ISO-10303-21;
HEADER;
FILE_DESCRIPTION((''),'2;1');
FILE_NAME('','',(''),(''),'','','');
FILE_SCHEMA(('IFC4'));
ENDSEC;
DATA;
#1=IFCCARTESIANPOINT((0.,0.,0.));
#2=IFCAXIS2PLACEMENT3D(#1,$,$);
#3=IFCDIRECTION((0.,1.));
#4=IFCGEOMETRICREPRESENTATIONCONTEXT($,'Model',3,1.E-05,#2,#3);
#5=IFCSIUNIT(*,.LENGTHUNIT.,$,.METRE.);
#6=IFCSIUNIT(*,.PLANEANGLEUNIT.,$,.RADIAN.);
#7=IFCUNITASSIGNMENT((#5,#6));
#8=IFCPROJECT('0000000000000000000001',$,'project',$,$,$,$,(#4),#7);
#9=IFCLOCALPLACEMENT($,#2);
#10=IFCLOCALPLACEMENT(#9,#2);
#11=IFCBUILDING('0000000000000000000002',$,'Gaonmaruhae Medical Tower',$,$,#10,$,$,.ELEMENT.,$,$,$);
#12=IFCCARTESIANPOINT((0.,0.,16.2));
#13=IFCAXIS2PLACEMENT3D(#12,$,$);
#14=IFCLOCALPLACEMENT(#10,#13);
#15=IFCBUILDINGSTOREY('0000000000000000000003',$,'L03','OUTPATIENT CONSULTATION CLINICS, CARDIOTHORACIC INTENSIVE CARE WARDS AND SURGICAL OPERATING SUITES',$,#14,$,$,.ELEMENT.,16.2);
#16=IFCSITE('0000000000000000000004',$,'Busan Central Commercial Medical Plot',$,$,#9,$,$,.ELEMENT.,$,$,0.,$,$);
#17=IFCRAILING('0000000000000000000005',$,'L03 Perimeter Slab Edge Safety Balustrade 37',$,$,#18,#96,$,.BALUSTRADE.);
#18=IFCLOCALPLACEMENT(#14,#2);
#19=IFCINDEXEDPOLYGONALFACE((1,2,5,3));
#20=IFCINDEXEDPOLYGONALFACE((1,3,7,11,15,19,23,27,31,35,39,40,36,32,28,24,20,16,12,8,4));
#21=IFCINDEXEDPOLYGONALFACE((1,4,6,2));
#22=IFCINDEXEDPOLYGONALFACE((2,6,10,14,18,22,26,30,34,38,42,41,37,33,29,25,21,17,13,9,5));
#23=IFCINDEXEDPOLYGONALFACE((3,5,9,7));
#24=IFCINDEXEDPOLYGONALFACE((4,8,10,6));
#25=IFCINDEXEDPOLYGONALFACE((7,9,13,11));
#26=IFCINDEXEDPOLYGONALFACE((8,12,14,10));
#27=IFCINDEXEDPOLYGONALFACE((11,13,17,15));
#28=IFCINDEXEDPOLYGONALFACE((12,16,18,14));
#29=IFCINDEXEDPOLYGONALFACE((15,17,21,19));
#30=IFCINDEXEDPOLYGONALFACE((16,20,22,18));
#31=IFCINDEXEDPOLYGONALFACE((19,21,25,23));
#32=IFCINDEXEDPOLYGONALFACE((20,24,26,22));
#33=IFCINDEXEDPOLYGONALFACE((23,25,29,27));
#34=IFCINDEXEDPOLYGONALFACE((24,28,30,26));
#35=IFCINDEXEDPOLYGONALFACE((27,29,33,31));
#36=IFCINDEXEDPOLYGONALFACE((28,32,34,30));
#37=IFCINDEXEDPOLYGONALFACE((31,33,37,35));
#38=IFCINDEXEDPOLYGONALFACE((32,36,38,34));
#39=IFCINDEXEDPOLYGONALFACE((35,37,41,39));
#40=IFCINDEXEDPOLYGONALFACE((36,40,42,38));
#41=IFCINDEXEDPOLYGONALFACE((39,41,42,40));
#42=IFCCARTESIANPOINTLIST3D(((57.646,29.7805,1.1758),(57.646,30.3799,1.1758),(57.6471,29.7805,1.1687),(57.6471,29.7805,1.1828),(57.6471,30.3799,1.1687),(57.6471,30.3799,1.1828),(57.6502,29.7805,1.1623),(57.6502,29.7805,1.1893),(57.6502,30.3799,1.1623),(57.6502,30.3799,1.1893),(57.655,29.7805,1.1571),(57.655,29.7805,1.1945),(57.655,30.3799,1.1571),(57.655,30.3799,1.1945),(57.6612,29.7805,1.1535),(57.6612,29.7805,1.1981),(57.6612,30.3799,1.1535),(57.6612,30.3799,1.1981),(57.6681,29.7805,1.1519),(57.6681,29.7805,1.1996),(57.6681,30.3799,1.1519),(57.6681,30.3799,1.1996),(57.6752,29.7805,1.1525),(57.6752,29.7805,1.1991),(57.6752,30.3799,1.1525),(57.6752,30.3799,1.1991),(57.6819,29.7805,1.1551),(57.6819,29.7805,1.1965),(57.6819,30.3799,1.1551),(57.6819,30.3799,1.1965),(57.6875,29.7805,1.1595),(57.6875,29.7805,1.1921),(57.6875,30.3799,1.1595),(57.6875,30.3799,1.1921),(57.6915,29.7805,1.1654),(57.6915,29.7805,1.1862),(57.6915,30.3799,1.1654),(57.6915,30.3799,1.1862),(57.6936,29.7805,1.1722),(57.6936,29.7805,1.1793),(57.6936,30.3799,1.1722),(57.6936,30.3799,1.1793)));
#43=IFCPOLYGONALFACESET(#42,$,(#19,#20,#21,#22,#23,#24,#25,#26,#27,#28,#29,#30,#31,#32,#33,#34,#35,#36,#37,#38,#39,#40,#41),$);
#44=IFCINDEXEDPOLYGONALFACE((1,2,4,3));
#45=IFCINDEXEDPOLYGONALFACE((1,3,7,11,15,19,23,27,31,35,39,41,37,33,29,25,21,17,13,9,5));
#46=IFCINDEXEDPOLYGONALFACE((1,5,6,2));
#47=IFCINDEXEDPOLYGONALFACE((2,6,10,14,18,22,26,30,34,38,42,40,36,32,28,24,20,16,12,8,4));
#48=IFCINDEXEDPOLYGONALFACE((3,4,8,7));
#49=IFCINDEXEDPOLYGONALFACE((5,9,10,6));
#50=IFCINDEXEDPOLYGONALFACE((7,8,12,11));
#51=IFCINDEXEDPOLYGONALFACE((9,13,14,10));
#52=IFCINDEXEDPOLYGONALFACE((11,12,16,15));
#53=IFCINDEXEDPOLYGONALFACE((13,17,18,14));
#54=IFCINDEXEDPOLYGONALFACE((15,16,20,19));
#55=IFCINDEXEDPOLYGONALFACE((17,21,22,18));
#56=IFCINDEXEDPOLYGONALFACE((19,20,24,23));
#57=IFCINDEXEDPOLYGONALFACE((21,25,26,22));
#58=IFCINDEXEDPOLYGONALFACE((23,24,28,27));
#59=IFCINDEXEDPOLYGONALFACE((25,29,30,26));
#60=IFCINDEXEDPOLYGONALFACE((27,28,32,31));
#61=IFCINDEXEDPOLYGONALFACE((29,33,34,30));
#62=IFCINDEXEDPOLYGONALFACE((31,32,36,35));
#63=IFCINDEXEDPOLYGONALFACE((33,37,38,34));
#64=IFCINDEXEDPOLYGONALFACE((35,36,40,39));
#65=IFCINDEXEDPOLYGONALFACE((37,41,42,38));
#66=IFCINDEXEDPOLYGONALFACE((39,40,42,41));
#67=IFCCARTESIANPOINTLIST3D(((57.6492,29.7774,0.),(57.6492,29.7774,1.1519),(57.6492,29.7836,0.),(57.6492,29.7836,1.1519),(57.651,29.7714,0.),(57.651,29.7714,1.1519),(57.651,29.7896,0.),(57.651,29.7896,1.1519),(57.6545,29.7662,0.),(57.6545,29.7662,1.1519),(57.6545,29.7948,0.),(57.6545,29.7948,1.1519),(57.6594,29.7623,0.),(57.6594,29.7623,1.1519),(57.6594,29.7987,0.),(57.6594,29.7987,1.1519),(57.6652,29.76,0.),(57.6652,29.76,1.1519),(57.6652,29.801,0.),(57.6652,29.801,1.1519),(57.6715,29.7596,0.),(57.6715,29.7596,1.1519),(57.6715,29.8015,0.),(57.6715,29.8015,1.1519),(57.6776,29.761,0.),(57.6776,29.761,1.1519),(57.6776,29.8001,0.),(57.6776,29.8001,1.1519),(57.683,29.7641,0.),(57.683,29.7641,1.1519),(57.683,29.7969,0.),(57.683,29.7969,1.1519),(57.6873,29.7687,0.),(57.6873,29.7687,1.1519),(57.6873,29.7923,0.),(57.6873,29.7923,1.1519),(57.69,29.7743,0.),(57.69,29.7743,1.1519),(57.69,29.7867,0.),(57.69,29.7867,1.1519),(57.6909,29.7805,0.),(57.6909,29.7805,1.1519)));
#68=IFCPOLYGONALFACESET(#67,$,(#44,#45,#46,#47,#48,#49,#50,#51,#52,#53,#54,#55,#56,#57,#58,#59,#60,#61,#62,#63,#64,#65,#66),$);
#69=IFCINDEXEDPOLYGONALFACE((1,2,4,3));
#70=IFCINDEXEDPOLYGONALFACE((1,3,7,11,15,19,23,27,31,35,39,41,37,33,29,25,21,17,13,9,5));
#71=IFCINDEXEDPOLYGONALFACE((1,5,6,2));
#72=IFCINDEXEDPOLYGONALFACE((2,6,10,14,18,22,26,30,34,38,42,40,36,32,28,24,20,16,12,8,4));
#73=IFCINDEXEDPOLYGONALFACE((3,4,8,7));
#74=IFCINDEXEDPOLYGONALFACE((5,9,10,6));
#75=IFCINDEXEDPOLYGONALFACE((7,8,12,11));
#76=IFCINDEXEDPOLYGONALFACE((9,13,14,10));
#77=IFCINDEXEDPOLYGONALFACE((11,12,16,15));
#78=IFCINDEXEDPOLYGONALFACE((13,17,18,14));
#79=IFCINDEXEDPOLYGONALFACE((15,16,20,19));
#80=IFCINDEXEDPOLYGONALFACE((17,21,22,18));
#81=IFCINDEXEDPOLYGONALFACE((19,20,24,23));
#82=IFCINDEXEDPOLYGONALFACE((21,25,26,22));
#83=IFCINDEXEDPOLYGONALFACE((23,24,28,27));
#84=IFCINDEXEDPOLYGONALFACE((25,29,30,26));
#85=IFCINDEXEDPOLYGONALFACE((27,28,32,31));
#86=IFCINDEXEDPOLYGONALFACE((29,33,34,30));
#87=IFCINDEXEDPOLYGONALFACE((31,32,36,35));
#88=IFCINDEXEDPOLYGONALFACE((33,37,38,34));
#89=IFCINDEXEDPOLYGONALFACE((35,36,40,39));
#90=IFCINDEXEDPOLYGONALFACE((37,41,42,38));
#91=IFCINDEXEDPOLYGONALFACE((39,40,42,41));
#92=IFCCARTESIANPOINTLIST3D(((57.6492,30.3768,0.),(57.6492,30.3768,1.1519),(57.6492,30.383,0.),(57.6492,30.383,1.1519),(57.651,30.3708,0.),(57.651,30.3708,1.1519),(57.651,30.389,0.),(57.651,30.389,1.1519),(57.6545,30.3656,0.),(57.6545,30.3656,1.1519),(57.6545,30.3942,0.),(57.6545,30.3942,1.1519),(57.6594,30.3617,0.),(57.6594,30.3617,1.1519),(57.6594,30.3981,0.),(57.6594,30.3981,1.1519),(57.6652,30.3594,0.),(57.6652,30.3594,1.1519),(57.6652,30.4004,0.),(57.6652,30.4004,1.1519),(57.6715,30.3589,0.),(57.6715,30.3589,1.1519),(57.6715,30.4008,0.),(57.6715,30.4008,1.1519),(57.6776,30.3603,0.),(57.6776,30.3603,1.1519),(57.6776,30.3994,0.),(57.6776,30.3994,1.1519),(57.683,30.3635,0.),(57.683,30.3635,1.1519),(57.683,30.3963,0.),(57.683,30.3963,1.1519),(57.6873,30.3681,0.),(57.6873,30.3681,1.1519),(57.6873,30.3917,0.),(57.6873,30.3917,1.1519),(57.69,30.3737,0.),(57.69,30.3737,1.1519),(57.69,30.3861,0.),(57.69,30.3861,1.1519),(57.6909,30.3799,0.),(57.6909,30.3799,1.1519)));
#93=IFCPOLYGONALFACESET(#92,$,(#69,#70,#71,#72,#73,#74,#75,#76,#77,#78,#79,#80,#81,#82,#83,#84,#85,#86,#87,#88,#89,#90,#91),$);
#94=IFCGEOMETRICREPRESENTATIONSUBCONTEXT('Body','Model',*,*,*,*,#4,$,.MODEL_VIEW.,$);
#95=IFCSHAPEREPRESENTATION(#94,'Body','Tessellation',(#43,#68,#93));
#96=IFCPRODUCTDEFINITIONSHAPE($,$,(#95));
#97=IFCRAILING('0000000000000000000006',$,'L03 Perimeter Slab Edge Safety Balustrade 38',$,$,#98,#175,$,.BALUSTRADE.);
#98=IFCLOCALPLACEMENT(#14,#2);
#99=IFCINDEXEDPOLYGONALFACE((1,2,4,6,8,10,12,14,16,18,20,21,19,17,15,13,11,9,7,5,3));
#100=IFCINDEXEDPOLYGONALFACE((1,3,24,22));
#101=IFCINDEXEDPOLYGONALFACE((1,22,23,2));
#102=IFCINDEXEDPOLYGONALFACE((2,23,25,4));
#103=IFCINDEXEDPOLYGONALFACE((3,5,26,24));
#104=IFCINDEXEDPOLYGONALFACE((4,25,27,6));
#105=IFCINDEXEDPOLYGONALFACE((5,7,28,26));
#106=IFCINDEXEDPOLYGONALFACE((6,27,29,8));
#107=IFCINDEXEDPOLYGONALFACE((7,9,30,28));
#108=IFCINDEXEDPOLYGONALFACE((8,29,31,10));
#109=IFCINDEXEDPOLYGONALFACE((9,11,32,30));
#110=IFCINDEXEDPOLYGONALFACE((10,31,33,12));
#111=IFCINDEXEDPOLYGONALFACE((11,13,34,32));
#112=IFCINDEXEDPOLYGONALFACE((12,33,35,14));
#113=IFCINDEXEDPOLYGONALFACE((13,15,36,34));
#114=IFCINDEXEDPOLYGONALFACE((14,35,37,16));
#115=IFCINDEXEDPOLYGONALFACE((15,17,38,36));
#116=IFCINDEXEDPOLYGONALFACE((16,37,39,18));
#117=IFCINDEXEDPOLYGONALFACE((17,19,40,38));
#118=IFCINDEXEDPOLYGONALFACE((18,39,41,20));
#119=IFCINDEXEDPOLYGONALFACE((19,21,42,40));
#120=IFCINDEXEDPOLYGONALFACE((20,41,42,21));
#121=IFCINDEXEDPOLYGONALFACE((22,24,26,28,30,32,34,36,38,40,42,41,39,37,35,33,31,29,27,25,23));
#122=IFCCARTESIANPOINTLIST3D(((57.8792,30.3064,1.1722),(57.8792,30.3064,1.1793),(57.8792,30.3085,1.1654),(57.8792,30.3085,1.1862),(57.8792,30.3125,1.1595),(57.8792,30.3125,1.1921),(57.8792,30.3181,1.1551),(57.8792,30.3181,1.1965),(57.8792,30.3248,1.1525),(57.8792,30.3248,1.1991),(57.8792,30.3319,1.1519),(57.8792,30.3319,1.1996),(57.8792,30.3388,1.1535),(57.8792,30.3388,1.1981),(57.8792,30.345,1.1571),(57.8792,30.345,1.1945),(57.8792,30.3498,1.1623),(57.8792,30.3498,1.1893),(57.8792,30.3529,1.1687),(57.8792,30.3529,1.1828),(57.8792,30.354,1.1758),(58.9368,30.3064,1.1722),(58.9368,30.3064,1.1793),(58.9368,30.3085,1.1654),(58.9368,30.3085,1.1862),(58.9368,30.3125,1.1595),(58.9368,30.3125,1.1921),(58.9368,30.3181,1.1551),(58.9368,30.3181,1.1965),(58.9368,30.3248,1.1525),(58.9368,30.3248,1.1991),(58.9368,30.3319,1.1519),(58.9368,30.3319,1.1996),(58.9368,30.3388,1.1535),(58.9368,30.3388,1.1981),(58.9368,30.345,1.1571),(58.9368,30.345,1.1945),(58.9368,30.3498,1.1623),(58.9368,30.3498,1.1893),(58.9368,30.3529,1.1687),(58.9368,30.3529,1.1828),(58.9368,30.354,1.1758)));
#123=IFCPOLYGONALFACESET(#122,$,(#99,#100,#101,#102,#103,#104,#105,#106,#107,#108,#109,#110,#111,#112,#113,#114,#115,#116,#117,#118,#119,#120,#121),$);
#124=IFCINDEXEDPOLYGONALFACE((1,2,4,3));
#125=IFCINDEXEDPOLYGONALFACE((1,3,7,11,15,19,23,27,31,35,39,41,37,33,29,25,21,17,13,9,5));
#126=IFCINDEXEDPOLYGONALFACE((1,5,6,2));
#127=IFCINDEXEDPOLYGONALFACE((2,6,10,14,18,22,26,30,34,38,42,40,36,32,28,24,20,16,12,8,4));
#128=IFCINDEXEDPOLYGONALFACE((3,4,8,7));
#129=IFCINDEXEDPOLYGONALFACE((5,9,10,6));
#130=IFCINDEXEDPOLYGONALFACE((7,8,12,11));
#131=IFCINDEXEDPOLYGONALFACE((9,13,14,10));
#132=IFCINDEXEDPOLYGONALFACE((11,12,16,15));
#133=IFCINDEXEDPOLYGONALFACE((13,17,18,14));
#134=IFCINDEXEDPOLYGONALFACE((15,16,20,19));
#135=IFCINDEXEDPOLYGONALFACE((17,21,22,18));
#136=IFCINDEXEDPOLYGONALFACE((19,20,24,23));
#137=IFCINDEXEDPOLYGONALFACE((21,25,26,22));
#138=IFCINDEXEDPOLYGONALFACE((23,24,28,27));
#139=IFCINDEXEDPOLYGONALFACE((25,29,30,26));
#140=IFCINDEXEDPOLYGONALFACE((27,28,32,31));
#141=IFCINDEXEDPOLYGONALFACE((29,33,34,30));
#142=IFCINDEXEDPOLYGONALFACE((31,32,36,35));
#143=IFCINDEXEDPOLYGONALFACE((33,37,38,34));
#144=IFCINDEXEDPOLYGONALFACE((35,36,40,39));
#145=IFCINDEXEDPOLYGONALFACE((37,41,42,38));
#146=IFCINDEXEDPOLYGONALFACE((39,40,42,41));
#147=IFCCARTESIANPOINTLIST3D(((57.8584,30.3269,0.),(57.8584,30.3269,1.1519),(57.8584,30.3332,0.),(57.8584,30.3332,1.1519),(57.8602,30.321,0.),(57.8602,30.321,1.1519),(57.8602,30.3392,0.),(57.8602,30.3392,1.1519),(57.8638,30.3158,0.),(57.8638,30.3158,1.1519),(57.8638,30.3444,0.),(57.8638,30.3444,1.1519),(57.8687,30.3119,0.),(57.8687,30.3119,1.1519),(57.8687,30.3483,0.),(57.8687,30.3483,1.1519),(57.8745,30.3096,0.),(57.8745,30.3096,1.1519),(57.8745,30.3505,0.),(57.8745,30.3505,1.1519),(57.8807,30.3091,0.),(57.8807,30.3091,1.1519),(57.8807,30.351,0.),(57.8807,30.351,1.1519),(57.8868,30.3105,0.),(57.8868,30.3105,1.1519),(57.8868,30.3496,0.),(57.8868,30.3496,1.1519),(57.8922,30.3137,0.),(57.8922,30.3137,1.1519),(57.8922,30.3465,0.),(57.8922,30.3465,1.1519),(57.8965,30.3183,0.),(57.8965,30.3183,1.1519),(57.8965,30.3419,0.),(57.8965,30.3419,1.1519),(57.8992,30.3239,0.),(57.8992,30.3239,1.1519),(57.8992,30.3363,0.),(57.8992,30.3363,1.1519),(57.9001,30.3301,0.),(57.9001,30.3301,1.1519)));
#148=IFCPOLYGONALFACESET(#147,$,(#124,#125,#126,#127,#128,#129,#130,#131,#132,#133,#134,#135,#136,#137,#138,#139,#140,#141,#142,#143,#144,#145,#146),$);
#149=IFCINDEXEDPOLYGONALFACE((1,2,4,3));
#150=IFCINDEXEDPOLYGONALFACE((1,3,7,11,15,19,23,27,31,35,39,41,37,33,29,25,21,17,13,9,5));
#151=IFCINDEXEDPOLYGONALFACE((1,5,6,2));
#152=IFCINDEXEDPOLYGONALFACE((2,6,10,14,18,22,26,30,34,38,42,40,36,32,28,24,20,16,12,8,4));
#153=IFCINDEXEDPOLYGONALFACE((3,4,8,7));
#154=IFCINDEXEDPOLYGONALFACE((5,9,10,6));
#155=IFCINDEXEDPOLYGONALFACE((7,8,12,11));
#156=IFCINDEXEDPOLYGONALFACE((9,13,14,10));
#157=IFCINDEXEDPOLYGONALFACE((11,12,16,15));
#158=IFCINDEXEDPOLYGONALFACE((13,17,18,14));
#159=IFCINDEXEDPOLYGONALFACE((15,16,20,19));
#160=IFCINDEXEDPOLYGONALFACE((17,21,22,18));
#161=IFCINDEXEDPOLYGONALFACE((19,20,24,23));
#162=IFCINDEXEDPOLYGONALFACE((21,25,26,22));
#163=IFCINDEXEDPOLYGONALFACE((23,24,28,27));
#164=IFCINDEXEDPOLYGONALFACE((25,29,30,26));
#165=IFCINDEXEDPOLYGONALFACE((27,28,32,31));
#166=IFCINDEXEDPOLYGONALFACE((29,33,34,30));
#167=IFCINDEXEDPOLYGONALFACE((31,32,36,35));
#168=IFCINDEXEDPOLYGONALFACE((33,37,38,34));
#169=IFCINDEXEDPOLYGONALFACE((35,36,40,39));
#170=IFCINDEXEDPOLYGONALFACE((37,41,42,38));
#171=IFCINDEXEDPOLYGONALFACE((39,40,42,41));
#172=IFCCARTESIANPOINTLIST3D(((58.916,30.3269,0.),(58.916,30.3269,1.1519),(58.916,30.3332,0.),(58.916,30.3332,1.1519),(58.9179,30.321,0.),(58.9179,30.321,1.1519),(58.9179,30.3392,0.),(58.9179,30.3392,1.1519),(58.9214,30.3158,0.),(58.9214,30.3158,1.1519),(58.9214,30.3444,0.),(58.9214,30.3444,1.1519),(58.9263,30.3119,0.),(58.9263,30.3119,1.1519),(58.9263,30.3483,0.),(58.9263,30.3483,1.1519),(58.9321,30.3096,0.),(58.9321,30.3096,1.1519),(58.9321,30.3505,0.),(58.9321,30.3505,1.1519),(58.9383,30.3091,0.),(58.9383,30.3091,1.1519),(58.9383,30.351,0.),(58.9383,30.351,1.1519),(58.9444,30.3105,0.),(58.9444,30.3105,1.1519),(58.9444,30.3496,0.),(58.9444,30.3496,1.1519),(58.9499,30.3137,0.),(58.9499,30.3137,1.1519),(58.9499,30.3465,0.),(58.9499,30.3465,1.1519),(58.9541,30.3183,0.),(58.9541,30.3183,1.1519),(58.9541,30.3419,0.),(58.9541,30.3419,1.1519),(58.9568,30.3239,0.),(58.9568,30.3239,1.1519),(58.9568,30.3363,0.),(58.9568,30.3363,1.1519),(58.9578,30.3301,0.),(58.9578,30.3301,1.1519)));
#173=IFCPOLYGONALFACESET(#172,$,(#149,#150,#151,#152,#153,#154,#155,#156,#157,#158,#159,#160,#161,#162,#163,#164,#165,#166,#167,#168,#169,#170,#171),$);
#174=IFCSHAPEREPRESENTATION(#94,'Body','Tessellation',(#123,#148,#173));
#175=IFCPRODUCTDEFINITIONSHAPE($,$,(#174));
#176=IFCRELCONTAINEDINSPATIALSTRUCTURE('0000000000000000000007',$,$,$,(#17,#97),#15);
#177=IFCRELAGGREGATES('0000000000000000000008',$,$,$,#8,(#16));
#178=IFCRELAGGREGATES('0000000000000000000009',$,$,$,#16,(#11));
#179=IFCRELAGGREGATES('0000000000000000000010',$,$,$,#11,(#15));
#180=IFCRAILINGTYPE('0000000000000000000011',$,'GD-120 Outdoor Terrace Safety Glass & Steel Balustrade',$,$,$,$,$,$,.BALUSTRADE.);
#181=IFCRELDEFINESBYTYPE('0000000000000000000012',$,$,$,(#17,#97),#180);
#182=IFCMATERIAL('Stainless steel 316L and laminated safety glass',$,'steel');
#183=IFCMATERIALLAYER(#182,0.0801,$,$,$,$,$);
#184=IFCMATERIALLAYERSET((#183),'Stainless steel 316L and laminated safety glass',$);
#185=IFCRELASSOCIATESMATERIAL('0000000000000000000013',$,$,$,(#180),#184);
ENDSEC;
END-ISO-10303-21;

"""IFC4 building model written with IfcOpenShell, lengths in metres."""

from ifc_helpers import new_model, si_unit, direction, frame, origin, origin_2d, place, context, subcontext, project, spatial, circle, extrude, material, layer, layer_set, type_object, element, save


model = new_model("IFC4")

# Units and contexts
model_context = context("Model", 3, precision=1e-05, world=origin(), true_north=direction((0.0, 1.0)))
body_context = subcontext(model_context, "Body", "Model", "MODEL_VIEW")
ifc_project = project(units=[si_unit("LENGTHUNIT", "METRE"), si_unit("PLANEANGLEUNIT", "RADIAN")], contexts=[model_context])

# Site, building, storey
site_placement = place(None, origin())
site = spatial("IfcSite", under=ifc_project, at=site_placement, Name="Busan Central Commercial Medical Plot", CompositionType="ELEMENT", RefElevation=0.0)
building_placement = place(site_placement, origin())
building = spatial("IfcBuilding", under=site, at=building_placement, Name="Gaonmaruhae Medical Tower", CompositionType="ELEMENT")
storey_placement = place(building_placement, frame((0.0, 0.0, 16.2)))
storey = spatial("IfcBuildingStorey", under=building, at=storey_placement, Name="L03", Description="OUTPATIENT CONSULTATION CLINICS, CARDIOTHORACIC INTENSIVE CARE WARDS AND SURGICAL OPERATING SUITES", CompositionType="ELEMENT", Elevation=16.2)

# Railings
ifc_material_1 = material(Name="Stainless steel 316L and laminated safety glass", Category="steel")
ifc_layer_1 = layer(ifc_material_1, 0.0801)
ifc_layer_set_1 = layer_set([ifc_layer_1], Name="Stainless steel 316L and laminated safety glass")
railing_type_1 = type_object("IfcRailingType", Name="GD-120 Outdoor Terrace Safety Glass & Steel Balustrade", PredefinedType="BALUSTRADE", material=ifc_layer_set_1)
railing_1_placement = place(storey_placement, frame((57.6699, 29.7805, 0.0)))
element("IfcRailing", 1, at=railing_1_placement, inside=storey, type_object=railing_type_1, Name="L03 Perimeter Slab Edge Safety Balustrade 37", PredefinedType="BALUSTRADE", context=body_context, shape_type="SweptSolid", body=[
    extrude(circle(Radius=0.0239, at=origin_2d()), frame((0.0, 0.0, 1.1758), z_axis=(0.0, 1.0, 0.0), x_axis=(-1.0, 0.0, 0.0)), (0.0, 0.0, 1.0), 0.5994),
    extrude(circle(Radius=0.021, at=origin_2d()), origin(), (0.0, 0.0, 1.0), 1.1519),
    extrude(circle(Radius=0.021, at=origin_2d()), frame((0.0, 0.5994, 0.0)), (0.0, 0.0, 1.0), 1.1519),
])
railing_2_placement = place(storey_placement, frame((57.8792, 30.3301, 0.0)))
element("IfcRailing", 2, at=railing_2_placement, inside=storey, type_object=railing_type_1, Name="L03 Perimeter Slab Edge Safety Balustrade 38", PredefinedType="BALUSTRADE", context=body_context, shape_type="SweptSolid", body=[
    extrude(circle(Radius=0.0239, at=origin_2d()), frame((0.0, 0.0, 1.1758), z_axis=(1.0, 0.0, 0.0), x_axis=(0.0, 1.0, 0.0)), (0.0, 0.0, 1.0), 1.0576),
    extrude(circle(Radius=0.021, at=origin_2d()), origin(), (0.0, 0.0, 1.0), 1.1519),
    extrude(circle(Radius=0.021, at=origin_2d()), frame((1.0576, 0.0, 0.0)), (0.0, 0.0, 1.0), 1.1519),
])

save(model, "model.ifc")
